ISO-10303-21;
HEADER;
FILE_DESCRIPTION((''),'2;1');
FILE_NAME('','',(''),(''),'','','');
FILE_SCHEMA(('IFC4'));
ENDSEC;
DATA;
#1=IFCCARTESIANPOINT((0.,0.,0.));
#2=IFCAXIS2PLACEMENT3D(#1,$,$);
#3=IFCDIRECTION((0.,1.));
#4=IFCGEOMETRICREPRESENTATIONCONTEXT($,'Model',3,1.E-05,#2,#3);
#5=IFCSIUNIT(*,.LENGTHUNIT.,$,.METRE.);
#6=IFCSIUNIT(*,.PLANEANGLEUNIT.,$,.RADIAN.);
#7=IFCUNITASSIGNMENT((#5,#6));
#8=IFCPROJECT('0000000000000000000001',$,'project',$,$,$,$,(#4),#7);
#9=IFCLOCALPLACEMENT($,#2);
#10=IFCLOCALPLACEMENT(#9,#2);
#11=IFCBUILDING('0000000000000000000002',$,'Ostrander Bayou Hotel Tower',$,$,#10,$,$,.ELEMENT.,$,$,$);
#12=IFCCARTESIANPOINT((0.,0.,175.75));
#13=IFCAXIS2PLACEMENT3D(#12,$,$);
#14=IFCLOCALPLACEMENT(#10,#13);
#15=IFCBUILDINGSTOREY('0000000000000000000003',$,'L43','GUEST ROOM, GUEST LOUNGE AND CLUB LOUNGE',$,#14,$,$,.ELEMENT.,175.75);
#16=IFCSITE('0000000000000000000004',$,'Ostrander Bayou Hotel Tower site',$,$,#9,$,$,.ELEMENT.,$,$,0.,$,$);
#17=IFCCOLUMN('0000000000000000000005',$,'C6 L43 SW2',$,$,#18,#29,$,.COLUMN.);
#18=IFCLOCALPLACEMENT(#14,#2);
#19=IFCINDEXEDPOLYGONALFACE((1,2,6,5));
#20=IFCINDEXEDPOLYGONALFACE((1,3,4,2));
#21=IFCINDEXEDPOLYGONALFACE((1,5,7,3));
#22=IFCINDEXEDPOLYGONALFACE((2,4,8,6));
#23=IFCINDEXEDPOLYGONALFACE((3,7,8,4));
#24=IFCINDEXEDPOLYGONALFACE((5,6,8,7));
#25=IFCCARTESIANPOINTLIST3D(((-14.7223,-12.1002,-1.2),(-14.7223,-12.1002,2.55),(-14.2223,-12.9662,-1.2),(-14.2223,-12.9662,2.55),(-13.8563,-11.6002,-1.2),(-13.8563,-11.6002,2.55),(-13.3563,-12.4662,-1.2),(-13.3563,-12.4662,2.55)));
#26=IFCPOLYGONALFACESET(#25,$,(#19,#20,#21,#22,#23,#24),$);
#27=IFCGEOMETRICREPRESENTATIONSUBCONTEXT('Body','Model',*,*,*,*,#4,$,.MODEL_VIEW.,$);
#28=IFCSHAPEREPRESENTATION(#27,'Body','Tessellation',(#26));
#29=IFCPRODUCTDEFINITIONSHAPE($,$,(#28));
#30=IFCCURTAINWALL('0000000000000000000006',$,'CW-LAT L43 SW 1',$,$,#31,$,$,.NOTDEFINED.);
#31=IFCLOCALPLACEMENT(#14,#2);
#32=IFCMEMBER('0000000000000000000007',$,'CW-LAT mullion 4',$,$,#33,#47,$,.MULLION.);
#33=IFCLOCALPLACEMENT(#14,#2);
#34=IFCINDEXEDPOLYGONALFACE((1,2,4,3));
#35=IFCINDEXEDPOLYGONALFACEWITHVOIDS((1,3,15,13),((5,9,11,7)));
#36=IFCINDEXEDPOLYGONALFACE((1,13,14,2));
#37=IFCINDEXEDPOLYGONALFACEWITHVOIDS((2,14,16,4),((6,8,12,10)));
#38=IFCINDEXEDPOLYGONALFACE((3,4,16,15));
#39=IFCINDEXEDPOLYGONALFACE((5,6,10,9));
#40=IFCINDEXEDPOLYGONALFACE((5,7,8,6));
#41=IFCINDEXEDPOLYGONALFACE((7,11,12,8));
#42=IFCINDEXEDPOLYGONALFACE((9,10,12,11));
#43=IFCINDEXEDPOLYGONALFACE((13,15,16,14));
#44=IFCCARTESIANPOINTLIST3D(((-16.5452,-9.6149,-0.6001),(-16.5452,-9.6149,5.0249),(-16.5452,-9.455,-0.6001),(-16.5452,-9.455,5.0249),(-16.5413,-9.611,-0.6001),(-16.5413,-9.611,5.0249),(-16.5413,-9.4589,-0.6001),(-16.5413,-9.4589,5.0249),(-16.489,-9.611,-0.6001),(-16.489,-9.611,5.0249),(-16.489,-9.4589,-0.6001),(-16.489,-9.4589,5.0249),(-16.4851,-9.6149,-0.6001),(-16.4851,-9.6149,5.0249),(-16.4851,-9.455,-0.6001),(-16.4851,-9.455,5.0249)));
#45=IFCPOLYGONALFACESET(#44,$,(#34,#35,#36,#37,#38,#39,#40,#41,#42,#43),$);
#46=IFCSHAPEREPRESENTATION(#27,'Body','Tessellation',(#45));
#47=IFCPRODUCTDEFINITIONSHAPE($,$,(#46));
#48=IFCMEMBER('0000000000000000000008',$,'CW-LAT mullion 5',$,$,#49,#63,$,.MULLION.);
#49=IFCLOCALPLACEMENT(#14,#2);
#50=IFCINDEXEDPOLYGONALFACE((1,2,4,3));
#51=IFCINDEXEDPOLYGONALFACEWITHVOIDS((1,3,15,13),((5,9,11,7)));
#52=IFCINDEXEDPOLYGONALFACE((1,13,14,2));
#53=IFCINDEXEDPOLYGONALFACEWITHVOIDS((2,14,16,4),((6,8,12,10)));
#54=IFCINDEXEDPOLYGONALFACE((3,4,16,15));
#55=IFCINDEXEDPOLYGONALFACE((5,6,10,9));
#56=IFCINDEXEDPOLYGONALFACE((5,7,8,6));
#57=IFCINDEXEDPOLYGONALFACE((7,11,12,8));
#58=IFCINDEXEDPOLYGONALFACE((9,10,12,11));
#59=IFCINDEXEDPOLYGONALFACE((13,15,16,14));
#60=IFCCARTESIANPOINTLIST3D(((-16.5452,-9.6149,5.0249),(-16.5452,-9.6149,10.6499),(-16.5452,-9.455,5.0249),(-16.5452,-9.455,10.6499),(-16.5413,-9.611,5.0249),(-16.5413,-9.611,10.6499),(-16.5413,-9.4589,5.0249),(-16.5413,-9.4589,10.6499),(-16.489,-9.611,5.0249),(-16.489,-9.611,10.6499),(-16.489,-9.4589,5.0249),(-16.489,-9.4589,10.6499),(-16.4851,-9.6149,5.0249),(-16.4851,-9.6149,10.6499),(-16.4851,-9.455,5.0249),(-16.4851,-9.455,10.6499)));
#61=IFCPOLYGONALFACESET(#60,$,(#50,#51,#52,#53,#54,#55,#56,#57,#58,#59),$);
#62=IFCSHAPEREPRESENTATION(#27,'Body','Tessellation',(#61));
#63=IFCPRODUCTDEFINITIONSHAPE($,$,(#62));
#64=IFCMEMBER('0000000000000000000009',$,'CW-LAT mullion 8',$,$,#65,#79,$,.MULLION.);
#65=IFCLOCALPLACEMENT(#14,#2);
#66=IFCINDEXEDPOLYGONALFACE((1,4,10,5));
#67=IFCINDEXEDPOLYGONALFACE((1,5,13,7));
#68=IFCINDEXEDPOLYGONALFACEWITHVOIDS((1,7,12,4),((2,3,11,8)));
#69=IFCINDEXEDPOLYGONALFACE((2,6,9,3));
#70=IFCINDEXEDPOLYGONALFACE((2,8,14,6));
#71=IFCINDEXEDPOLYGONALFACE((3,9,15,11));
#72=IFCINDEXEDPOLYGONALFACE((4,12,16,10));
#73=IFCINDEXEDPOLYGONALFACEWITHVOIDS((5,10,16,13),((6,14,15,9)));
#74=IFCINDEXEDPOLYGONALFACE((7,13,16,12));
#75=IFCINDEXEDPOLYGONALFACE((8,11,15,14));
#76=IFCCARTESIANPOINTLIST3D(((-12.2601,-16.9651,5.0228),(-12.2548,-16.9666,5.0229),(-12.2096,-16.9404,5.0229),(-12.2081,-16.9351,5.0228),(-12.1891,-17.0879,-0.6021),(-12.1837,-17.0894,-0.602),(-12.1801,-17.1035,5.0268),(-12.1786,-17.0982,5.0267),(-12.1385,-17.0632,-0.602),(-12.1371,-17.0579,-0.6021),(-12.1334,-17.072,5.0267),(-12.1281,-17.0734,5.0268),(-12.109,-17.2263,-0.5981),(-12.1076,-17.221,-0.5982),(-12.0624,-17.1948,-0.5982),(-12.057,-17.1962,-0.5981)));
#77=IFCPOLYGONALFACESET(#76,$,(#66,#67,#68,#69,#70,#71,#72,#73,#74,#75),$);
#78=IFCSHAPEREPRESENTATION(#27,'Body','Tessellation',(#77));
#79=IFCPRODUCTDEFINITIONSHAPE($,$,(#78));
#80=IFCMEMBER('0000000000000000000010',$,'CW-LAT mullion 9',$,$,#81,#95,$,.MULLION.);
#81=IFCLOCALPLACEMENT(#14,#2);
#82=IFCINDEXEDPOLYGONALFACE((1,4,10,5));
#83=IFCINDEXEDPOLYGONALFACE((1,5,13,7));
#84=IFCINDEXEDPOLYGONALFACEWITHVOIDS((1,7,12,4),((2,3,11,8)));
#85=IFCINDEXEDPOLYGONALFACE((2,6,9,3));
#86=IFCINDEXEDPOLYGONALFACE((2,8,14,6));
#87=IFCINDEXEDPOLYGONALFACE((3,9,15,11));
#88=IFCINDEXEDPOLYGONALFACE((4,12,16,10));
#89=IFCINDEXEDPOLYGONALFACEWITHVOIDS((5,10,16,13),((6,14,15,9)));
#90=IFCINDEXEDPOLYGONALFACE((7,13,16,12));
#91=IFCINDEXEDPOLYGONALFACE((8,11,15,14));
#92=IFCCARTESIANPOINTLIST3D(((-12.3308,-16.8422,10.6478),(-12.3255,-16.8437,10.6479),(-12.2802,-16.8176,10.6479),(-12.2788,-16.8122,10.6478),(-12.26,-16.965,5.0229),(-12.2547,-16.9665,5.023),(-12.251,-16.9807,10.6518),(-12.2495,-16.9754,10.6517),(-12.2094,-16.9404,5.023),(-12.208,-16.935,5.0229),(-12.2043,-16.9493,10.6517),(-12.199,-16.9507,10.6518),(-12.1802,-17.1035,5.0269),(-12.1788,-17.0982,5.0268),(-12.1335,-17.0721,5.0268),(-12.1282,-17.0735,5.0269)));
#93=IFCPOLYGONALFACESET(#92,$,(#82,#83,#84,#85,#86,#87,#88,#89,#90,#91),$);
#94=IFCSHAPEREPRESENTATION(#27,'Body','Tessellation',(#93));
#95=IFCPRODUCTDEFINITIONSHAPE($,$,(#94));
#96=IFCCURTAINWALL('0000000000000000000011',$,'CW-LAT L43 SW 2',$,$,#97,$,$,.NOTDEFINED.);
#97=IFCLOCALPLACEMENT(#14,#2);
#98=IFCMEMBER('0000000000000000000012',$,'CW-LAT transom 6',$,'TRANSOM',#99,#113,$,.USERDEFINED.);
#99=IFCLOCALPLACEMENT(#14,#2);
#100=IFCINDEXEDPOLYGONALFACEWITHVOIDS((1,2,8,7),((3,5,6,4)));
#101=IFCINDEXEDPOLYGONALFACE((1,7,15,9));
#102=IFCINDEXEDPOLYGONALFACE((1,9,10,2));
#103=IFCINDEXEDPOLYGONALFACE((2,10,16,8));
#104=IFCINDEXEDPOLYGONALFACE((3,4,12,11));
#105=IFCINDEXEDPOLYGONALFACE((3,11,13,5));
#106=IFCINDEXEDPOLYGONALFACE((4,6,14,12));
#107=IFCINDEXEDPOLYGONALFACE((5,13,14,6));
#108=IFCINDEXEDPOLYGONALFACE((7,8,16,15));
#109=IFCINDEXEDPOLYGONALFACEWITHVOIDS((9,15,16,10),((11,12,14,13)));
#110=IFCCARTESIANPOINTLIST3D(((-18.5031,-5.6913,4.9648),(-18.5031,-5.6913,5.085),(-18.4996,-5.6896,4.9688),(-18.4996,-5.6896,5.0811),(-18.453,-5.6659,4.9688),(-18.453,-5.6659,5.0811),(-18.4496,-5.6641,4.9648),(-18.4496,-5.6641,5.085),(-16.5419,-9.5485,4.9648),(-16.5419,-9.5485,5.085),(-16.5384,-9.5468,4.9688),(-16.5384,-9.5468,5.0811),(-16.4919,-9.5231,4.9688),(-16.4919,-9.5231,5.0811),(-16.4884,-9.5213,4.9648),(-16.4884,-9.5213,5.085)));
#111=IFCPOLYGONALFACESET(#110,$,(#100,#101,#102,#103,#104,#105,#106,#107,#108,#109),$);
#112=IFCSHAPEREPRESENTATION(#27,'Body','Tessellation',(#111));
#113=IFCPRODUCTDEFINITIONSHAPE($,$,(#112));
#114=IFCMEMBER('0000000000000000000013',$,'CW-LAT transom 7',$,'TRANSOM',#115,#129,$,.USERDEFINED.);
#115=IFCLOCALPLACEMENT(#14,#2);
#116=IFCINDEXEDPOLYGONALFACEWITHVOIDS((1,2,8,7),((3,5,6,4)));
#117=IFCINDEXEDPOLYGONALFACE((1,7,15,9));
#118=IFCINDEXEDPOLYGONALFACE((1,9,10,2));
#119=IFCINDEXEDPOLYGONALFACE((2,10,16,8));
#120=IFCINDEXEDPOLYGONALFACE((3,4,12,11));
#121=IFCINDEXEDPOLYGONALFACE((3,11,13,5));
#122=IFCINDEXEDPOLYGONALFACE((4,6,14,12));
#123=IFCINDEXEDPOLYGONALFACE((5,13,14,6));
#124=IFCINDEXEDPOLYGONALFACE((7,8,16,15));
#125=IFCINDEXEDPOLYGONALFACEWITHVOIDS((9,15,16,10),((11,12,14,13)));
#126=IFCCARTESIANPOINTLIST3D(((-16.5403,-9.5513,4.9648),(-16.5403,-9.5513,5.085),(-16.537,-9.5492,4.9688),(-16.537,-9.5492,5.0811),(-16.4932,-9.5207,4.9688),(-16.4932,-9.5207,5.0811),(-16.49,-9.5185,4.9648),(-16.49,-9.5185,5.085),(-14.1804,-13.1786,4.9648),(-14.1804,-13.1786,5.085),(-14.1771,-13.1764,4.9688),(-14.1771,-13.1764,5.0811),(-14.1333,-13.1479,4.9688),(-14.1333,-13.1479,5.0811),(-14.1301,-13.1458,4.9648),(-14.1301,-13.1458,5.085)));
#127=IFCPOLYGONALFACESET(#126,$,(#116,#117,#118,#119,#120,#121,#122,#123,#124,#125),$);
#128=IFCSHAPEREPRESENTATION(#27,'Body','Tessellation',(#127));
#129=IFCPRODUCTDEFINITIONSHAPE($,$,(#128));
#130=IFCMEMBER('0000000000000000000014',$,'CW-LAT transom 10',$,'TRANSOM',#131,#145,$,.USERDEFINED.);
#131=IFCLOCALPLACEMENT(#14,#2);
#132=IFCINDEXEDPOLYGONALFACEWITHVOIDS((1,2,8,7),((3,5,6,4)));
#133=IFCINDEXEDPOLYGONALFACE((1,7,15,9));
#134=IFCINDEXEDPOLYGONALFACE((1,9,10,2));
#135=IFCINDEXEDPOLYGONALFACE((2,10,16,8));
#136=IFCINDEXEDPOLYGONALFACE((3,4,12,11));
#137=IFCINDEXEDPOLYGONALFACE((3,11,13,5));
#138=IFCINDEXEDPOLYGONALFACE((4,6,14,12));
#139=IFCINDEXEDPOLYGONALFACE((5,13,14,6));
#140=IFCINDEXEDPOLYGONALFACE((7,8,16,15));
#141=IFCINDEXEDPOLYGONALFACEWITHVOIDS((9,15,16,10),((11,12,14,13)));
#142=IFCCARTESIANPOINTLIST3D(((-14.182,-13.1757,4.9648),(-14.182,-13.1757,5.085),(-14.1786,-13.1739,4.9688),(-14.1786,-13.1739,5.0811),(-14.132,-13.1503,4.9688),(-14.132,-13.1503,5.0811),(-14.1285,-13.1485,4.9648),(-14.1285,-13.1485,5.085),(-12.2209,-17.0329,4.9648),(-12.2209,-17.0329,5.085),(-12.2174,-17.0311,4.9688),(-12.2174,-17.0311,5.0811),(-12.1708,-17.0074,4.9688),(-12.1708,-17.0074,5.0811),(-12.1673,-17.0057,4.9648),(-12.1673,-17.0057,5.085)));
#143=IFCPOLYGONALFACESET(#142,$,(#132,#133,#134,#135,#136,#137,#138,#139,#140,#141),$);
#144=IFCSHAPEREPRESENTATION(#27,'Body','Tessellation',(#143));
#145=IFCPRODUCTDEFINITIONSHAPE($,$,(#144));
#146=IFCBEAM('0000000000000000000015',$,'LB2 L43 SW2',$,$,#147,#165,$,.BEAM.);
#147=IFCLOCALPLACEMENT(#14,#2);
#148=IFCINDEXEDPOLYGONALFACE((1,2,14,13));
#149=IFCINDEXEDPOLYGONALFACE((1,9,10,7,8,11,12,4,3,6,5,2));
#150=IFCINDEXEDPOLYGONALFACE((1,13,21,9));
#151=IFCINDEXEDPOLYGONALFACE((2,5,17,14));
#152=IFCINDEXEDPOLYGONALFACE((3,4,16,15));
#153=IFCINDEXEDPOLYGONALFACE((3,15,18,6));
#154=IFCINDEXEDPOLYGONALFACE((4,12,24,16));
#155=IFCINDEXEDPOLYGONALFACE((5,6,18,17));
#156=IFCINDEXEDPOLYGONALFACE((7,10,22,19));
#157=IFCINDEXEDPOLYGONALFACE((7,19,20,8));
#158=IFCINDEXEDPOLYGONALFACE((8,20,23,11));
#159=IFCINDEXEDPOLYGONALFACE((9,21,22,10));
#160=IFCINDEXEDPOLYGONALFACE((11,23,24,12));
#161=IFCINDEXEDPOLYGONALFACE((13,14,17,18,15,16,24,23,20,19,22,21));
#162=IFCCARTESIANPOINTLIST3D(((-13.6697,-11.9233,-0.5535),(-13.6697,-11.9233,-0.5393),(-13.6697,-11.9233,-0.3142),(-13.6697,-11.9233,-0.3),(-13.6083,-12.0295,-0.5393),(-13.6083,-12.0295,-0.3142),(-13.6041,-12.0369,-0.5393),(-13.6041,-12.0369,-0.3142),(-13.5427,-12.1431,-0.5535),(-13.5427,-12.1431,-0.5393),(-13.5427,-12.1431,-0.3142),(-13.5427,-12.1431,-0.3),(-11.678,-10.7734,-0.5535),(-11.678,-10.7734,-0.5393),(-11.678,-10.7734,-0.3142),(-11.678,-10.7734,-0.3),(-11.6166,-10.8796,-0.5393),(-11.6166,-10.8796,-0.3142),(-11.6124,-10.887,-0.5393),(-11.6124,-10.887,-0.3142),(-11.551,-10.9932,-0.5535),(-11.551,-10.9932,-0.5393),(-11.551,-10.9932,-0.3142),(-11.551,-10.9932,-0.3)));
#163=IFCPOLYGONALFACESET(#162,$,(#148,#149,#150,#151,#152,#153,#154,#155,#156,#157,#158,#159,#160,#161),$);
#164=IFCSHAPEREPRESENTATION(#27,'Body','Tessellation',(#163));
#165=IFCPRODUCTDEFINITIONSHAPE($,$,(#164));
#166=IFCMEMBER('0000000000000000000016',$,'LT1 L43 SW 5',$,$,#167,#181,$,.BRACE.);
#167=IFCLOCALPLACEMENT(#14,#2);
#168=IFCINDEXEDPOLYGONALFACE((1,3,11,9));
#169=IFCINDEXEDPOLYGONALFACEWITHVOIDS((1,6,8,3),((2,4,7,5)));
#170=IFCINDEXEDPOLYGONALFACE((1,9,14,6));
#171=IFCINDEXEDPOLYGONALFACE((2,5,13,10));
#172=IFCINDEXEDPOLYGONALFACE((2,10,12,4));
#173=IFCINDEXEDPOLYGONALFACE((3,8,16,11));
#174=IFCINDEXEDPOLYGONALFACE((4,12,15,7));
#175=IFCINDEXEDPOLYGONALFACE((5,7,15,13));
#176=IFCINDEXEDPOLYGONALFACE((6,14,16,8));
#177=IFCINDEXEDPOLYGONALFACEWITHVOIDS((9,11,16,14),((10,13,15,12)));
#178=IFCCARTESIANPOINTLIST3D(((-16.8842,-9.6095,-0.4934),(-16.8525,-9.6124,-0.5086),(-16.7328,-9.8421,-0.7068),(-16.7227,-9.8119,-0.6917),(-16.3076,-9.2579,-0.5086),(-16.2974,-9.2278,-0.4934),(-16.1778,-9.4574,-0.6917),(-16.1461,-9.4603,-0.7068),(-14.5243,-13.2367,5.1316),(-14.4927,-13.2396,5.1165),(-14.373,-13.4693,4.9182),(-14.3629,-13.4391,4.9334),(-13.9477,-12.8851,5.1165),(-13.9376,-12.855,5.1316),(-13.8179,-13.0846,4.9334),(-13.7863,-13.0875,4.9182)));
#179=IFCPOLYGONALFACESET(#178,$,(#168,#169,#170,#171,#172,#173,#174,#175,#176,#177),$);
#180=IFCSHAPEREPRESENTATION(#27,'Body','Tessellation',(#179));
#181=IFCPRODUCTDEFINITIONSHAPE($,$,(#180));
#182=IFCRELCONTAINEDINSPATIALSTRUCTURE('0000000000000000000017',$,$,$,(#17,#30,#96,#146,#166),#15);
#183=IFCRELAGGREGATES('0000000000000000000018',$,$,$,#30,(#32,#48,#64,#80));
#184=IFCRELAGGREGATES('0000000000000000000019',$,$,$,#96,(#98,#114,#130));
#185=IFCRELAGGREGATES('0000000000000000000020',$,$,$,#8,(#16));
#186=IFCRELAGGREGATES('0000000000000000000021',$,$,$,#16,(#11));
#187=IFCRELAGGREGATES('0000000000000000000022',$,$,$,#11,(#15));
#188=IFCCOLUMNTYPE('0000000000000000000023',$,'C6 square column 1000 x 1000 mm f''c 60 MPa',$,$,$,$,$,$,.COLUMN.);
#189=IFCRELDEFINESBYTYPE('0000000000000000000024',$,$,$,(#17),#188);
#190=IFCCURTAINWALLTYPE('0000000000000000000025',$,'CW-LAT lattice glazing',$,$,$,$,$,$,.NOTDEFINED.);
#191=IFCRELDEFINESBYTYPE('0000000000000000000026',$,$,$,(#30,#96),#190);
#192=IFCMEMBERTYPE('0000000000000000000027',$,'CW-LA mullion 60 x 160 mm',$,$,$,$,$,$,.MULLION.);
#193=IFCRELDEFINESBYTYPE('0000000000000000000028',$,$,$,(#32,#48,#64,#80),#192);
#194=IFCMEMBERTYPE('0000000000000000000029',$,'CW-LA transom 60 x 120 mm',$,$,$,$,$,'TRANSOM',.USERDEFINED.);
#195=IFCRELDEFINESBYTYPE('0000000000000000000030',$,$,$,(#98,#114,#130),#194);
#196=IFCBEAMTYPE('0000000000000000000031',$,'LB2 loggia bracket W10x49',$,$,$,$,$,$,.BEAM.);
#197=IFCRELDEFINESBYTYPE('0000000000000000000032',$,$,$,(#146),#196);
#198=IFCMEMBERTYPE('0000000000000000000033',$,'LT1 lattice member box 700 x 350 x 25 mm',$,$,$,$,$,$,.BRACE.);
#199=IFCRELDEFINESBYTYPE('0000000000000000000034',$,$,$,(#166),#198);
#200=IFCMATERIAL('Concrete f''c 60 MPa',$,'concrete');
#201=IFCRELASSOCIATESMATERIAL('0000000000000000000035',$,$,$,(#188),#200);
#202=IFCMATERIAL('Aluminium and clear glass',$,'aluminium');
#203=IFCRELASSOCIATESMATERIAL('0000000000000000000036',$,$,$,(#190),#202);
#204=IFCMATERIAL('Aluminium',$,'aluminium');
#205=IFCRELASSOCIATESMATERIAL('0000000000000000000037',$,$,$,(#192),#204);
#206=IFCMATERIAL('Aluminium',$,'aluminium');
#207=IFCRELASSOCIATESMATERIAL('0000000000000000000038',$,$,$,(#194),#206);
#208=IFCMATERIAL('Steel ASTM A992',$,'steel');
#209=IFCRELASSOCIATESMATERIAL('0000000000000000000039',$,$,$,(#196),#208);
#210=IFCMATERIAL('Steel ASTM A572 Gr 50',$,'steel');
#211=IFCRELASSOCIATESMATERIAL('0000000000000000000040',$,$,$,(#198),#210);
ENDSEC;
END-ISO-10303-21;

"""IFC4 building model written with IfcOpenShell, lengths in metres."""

from ifc_helpers import new_model, si_unit, direction, frame, origin, origin_2d, place, context, subcontext, project, spatial, rectangle, hollow_rectangle, i_section, extrude, material, material_profile, profile_set, type_object, element, aggregate, save


model = new_model("IFC4")

# Units and contexts
model_context = context("Model", 3, precision=1e-05, world=origin(), true_north=direction((0.0, 1.0)))
body_context = subcontext(model_context, "Body", "Model", "MODEL_VIEW")
ifc_project = project(units=[si_unit("LENGTHUNIT", "METRE"), si_unit("PLANEANGLEUNIT", "RADIAN")], contexts=[model_context])

# Site, building, storey
site_placement = place(None, origin())
site = spatial("IfcSite", under=ifc_project, at=site_placement, Name="Ostrander Bayou Hotel Tower site", CompositionType="ELEMENT", RefElevation=0.0)
building_placement = place(site_placement, origin())
building = spatial("IfcBuilding", under=site, at=building_placement, Name="Ostrander Bayou Hotel Tower", CompositionType="ELEMENT")
storey_placement = place(building_placement, frame((0.0, 0.0, 175.75)))
storey = spatial("IfcBuildingStorey", under=building, at=storey_placement, Name="L43", Description="GUEST ROOM, GUEST LOUNGE AND CLUB LOUNGE", CompositionType="ELEMENT", Elevation=175.75)

# Column
ifc_material_1 = material(Name="Concrete f'c 60 MPa", Category="concrete")
ifc_material_profile_1 = material_profile(ifc_material_1, rectangle(XDim=1.0, YDim=1.0, at=origin_2d()))
ifc_profile_set_1 = profile_set([ifc_material_profile_1], Name="Concrete f'c 60 MPa")
column_type = type_object("IfcColumnType", Name="C6 square column 1000 x 1000 mm f'c 60 MPa", PredefinedType="COLUMN", material=ifc_profile_set_1)
column_placement = place(storey_placement, frame((-14.0393, -12.2832, -1.2), z_axis=(0.0, 0.0, 1.0), x_axis=(-0.5, 0.866025, 0.0)))
element("IfcColumn", 1, at=column_placement, inside=storey, type_object=column_type, Name="C6 L43 SW2", PredefinedType="COLUMN", context=body_context, shape_type="SweptSolid", body=[
    extrude(rectangle(XDim=1.0, YDim=1.0, at=origin_2d()), origin(), (0.0, 0.0, 1.0), 3.75),
])

# Curtain walls, members
ifc_material_2 = material(Name="Aluminium and clear glass", Category="aluminium")
curtain_wall_type = type_object("IfcCurtainWallType", Name="CW-LAT lattice glazing", PredefinedType="NOTDEFINED", material=ifc_material_2)
curtain_wall_1_placement = place(storey_placement, origin())
curtain_wall_1 = element("IfcCurtainWall", 2, at=curtain_wall_1_placement, inside=storey, type_object=curtain_wall_type, Name="CW-LAT L43 SW 1", PredefinedType="NOTDEFINED")
ifc_material_3 = material(Name="Aluminium", Category="aluminium")
ifc_material_profile_2 = material_profile(ifc_material_3, hollow_rectangle(XDim=0.0601, YDim=0.1599, WallThickness=0.0039, at=origin_2d()))
ifc_profile_set_2 = profile_set([ifc_material_profile_2], Name="Aluminium")
member_type_1 = type_object("IfcMemberType", Name="CW-LA mullion 60 x 160 mm", PredefinedType="MULLION", material=ifc_profile_set_2)
member_1_placement = place(storey_placement, frame((-16.5151, -9.5349, -0.6001), z_axis=(0.0, 0.0, 1.0), x_axis=(1.0, 0.0, 0.0)))
member_1 = element("IfcMember", 3, at=member_1_placement, type_object=member_type_1, Name="CW-LAT mullion 4", PredefinedType="MULLION", context=body_context, shape_type="SweptSolid", body=[
    extrude(hollow_rectangle(XDim=0.0601, YDim=0.1599, WallThickness=0.0039, at=origin_2d()), origin(), (0.0, 0.0, 1.0), 5.625),
])
member_2_placement = place(storey_placement, frame((-16.5151, -9.5349, 5.0249), z_axis=(0.0, 0.0, 1.0), x_axis=(1.0, 0.0, 0.0)))
member_2 = element("IfcMember", 4, at=member_2_placement, type_object=member_type_1, Name="CW-LAT mullion 5", PredefinedType="MULLION", context=body_context, shape_type="SweptSolid", body=[
    extrude(hollow_rectangle(XDim=0.0601, YDim=0.1599, WallThickness=0.0039, at=origin_2d()), origin(), (0.0, 0.0, 1.0), 5.625),
])
member_3_placement = place(storey_placement, frame((-12.123, -17.1421, -0.6001), z_axis=(-0.012626, 0.021825, 0.999682), x_axis=(-0.865583, -0.500765, 0.0)))
member_3 = element("IfcMember", 5, at=member_3_placement, type_object=member_type_1, Name="CW-LAT mullion 8", PredefinedType="MULLION", context=body_context, shape_type="SweptSolid", body=[
    extrude(hollow_rectangle(XDim=0.0601, YDim=0.1599, WallThickness=0.0039, at=origin_2d()), origin(), (0.0, 0.0, 1.0), 5.6267),
])
member_4_placement = place(storey_placement, frame((-12.1941, -17.0193, 5.0249), z_axis=(-0.012583, 0.021825, 0.999683), x_axis=(-0.866329, -0.499474, 0.0)))
member_4 = element("IfcMember", 6, at=member_4_placement, type_object=member_type_1, Name="CW-LAT mullion 9", PredefinedType="MULLION", context=body_context, shape_type="SweptSolid", body=[
    extrude(hollow_rectangle(XDim=0.0601, YDim=0.1599, WallThickness=0.0039, at=origin_2d()), origin(), (0.0, 0.0, 1.0), 5.6267),
])
curtain_wall_2_placement = place(storey_placement, origin())
curtain_wall_2 = element("IfcCurtainWall", 7, at=curtain_wall_2_placement, inside=storey, type_object=curtain_wall_type, Name="CW-LAT L43 SW 2", PredefinedType="NOTDEFINED")
ifc_material_4 = material(Name="Aluminium", Category="aluminium")
ifc_material_profile_3 = material_profile(ifc_material_4, hollow_rectangle(XDim=0.0601, YDim=0.1201, WallThickness=0.0039, at=origin_2d()))
ifc_profile_set_3 = profile_set([ifc_material_profile_3], Name="Aluminium")
member_type_2 = type_object("IfcMemberType", Name="CW-LA transom 60 x 120 mm", ElementType="TRANSOM", PredefinedType="USERDEFINED", material=ifc_profile_set_3)
member_5_placement = place(storey_placement, frame((-16.5151, -9.5349, 5.0249), z_axis=(-0.453229, 0.891394, 0.0), x_axis=(-0.891394, -0.453229, 0.0)))
member_5 = element("IfcMember", 8, at=member_5_placement, type_object=member_type_2, Name="CW-LAT transom 6", ObjectType="TRANSOM", PredefinedType="USERDEFINED", context=body_context, shape_type="SweptSolid", body=[
    extrude(hollow_rectangle(XDim=0.0601, YDim=0.1201, WallThickness=0.0039, at=origin_2d()), origin(), (0.0, 0.0, 1.0), 4.3271),
])
member_6_placement = place(storey_placement, frame((-16.5151, -9.5349, 5.0249), z_axis=(0.545343, -0.838213, 0.0), x_axis=(0.838213, 0.545343, 0.0)))
member_6 = element("IfcMember", 9, at=member_6_placement, type_object=member_type_2, Name="CW-LAT transom 7", ObjectType="TRANSOM", PredefinedType="USERDEFINED", context=body_context, shape_type="SweptSolid", body=[
    extrude(hollow_rectangle(XDim=0.0601, YDim=0.1201, WallThickness=0.0039, at=origin_2d()), origin(), (0.0, 0.0, 1.0), 4.3274),
])
member_7_placement = place(storey_placement, frame((-12.1941, -17.0193, 5.0249), z_axis=(-0.453229, 0.891394, 0.0), x_axis=(-0.891394, -0.453229, 0.0)))
member_7 = element("IfcMember", 10, at=member_7_placement, type_object=member_type_2, Name="CW-LAT transom 10", ObjectType="TRANSOM", PredefinedType="USERDEFINED", context=body_context, shape_type="SweptSolid", body=[
    extrude(hollow_rectangle(XDim=0.0601, YDim=0.1201, WallThickness=0.0039, at=origin_2d()), origin(), (0.0, 0.0, 1.0), 4.3271),
])

# Beam
ifc_material_5 = material(Name="Steel ASTM A992", Category="steel")
ifc_material_profile_4 = material_profile(ifc_material_5, i_section(OverallWidth=0.2539, OverallDepth=0.2534, WebThickness=0.0085, FlangeThickness=0.0142, at=origin_2d()))
ifc_profile_set_4 = profile_set([ifc_material_profile_4], Name="Steel ASTM A992")
beam_type_1 = type_object("IfcBeamType", Name="LB2 loggia bracket W10x49", PredefinedType="BEAM", material=ifc_profile_set_4)
beam_1_placement = place(storey_placement, frame((-13.6062, -12.0332, -0.4268), z_axis=(0.866026, 0.499998, 0.0), x_axis=(-0.499998, 0.866026, 0.0)))
element("IfcBeam", 11, at=beam_1_placement, inside=storey, type_object=beam_type_1, Name="LB2 L43 SW2", PredefinedType="BEAM", context=body_context, shape_type="SweptSolid", body=[
    extrude(i_section(OverallWidth=0.2539, OverallDepth=0.2534, WebThickness=0.0085, FlangeThickness=0.0142, at=origin_2d()), origin(), (0.0, 0.0, 1.0), 2.2998),
])

# Member
ifc_material_6 = material(Name="Steel ASTM A572 Gr 50", Category="steel")
ifc_material_profile_5 = material_profile(ifc_material_6, hollow_rectangle(XDim=0.7, YDim=0.3501, WallThickness=0.0249, at=origin_2d()))
ifc_profile_set_5 = profile_set([ifc_material_profile_5], Name="Steel ASTM A572 Gr 50")
member_type_3 = type_object("IfcMemberType", Name="LT1 lattice member box 700 x 350 x 25 mm", PredefinedType="BRACE", material=ifc_profile_set_5)
for number, where, z_axis, x_axis, name in (
    (12, (-14.1553, -13.1621, 5.0249), (-0.33252, 0.511095, -0.792598), (-0.838213, -0.545343, 0.0), "LT1 L43 SW 5"),
):
    element("IfcMember", number, at=place(storey_placement, frame(where, z_axis=z_axis, x_axis=x_axis)), inside=storey, type_object=member_type_3, Name=name, PredefinedType="BRACE", context=body_context, shape_type="SweptSolid", body=[
        extrude(hollow_rectangle(XDim=0.7, YDim=0.3501, WallThickness=0.0249, at=origin_2d()), origin(), (0.0, 0.0, 1.0), 7.0969),
    ])

aggregate(curtain_wall_1, [member_1, member_2, member_3, member_4])
aggregate(curtain_wall_2, [member_5, member_6, member_7])

save(model, "model.ifc")
